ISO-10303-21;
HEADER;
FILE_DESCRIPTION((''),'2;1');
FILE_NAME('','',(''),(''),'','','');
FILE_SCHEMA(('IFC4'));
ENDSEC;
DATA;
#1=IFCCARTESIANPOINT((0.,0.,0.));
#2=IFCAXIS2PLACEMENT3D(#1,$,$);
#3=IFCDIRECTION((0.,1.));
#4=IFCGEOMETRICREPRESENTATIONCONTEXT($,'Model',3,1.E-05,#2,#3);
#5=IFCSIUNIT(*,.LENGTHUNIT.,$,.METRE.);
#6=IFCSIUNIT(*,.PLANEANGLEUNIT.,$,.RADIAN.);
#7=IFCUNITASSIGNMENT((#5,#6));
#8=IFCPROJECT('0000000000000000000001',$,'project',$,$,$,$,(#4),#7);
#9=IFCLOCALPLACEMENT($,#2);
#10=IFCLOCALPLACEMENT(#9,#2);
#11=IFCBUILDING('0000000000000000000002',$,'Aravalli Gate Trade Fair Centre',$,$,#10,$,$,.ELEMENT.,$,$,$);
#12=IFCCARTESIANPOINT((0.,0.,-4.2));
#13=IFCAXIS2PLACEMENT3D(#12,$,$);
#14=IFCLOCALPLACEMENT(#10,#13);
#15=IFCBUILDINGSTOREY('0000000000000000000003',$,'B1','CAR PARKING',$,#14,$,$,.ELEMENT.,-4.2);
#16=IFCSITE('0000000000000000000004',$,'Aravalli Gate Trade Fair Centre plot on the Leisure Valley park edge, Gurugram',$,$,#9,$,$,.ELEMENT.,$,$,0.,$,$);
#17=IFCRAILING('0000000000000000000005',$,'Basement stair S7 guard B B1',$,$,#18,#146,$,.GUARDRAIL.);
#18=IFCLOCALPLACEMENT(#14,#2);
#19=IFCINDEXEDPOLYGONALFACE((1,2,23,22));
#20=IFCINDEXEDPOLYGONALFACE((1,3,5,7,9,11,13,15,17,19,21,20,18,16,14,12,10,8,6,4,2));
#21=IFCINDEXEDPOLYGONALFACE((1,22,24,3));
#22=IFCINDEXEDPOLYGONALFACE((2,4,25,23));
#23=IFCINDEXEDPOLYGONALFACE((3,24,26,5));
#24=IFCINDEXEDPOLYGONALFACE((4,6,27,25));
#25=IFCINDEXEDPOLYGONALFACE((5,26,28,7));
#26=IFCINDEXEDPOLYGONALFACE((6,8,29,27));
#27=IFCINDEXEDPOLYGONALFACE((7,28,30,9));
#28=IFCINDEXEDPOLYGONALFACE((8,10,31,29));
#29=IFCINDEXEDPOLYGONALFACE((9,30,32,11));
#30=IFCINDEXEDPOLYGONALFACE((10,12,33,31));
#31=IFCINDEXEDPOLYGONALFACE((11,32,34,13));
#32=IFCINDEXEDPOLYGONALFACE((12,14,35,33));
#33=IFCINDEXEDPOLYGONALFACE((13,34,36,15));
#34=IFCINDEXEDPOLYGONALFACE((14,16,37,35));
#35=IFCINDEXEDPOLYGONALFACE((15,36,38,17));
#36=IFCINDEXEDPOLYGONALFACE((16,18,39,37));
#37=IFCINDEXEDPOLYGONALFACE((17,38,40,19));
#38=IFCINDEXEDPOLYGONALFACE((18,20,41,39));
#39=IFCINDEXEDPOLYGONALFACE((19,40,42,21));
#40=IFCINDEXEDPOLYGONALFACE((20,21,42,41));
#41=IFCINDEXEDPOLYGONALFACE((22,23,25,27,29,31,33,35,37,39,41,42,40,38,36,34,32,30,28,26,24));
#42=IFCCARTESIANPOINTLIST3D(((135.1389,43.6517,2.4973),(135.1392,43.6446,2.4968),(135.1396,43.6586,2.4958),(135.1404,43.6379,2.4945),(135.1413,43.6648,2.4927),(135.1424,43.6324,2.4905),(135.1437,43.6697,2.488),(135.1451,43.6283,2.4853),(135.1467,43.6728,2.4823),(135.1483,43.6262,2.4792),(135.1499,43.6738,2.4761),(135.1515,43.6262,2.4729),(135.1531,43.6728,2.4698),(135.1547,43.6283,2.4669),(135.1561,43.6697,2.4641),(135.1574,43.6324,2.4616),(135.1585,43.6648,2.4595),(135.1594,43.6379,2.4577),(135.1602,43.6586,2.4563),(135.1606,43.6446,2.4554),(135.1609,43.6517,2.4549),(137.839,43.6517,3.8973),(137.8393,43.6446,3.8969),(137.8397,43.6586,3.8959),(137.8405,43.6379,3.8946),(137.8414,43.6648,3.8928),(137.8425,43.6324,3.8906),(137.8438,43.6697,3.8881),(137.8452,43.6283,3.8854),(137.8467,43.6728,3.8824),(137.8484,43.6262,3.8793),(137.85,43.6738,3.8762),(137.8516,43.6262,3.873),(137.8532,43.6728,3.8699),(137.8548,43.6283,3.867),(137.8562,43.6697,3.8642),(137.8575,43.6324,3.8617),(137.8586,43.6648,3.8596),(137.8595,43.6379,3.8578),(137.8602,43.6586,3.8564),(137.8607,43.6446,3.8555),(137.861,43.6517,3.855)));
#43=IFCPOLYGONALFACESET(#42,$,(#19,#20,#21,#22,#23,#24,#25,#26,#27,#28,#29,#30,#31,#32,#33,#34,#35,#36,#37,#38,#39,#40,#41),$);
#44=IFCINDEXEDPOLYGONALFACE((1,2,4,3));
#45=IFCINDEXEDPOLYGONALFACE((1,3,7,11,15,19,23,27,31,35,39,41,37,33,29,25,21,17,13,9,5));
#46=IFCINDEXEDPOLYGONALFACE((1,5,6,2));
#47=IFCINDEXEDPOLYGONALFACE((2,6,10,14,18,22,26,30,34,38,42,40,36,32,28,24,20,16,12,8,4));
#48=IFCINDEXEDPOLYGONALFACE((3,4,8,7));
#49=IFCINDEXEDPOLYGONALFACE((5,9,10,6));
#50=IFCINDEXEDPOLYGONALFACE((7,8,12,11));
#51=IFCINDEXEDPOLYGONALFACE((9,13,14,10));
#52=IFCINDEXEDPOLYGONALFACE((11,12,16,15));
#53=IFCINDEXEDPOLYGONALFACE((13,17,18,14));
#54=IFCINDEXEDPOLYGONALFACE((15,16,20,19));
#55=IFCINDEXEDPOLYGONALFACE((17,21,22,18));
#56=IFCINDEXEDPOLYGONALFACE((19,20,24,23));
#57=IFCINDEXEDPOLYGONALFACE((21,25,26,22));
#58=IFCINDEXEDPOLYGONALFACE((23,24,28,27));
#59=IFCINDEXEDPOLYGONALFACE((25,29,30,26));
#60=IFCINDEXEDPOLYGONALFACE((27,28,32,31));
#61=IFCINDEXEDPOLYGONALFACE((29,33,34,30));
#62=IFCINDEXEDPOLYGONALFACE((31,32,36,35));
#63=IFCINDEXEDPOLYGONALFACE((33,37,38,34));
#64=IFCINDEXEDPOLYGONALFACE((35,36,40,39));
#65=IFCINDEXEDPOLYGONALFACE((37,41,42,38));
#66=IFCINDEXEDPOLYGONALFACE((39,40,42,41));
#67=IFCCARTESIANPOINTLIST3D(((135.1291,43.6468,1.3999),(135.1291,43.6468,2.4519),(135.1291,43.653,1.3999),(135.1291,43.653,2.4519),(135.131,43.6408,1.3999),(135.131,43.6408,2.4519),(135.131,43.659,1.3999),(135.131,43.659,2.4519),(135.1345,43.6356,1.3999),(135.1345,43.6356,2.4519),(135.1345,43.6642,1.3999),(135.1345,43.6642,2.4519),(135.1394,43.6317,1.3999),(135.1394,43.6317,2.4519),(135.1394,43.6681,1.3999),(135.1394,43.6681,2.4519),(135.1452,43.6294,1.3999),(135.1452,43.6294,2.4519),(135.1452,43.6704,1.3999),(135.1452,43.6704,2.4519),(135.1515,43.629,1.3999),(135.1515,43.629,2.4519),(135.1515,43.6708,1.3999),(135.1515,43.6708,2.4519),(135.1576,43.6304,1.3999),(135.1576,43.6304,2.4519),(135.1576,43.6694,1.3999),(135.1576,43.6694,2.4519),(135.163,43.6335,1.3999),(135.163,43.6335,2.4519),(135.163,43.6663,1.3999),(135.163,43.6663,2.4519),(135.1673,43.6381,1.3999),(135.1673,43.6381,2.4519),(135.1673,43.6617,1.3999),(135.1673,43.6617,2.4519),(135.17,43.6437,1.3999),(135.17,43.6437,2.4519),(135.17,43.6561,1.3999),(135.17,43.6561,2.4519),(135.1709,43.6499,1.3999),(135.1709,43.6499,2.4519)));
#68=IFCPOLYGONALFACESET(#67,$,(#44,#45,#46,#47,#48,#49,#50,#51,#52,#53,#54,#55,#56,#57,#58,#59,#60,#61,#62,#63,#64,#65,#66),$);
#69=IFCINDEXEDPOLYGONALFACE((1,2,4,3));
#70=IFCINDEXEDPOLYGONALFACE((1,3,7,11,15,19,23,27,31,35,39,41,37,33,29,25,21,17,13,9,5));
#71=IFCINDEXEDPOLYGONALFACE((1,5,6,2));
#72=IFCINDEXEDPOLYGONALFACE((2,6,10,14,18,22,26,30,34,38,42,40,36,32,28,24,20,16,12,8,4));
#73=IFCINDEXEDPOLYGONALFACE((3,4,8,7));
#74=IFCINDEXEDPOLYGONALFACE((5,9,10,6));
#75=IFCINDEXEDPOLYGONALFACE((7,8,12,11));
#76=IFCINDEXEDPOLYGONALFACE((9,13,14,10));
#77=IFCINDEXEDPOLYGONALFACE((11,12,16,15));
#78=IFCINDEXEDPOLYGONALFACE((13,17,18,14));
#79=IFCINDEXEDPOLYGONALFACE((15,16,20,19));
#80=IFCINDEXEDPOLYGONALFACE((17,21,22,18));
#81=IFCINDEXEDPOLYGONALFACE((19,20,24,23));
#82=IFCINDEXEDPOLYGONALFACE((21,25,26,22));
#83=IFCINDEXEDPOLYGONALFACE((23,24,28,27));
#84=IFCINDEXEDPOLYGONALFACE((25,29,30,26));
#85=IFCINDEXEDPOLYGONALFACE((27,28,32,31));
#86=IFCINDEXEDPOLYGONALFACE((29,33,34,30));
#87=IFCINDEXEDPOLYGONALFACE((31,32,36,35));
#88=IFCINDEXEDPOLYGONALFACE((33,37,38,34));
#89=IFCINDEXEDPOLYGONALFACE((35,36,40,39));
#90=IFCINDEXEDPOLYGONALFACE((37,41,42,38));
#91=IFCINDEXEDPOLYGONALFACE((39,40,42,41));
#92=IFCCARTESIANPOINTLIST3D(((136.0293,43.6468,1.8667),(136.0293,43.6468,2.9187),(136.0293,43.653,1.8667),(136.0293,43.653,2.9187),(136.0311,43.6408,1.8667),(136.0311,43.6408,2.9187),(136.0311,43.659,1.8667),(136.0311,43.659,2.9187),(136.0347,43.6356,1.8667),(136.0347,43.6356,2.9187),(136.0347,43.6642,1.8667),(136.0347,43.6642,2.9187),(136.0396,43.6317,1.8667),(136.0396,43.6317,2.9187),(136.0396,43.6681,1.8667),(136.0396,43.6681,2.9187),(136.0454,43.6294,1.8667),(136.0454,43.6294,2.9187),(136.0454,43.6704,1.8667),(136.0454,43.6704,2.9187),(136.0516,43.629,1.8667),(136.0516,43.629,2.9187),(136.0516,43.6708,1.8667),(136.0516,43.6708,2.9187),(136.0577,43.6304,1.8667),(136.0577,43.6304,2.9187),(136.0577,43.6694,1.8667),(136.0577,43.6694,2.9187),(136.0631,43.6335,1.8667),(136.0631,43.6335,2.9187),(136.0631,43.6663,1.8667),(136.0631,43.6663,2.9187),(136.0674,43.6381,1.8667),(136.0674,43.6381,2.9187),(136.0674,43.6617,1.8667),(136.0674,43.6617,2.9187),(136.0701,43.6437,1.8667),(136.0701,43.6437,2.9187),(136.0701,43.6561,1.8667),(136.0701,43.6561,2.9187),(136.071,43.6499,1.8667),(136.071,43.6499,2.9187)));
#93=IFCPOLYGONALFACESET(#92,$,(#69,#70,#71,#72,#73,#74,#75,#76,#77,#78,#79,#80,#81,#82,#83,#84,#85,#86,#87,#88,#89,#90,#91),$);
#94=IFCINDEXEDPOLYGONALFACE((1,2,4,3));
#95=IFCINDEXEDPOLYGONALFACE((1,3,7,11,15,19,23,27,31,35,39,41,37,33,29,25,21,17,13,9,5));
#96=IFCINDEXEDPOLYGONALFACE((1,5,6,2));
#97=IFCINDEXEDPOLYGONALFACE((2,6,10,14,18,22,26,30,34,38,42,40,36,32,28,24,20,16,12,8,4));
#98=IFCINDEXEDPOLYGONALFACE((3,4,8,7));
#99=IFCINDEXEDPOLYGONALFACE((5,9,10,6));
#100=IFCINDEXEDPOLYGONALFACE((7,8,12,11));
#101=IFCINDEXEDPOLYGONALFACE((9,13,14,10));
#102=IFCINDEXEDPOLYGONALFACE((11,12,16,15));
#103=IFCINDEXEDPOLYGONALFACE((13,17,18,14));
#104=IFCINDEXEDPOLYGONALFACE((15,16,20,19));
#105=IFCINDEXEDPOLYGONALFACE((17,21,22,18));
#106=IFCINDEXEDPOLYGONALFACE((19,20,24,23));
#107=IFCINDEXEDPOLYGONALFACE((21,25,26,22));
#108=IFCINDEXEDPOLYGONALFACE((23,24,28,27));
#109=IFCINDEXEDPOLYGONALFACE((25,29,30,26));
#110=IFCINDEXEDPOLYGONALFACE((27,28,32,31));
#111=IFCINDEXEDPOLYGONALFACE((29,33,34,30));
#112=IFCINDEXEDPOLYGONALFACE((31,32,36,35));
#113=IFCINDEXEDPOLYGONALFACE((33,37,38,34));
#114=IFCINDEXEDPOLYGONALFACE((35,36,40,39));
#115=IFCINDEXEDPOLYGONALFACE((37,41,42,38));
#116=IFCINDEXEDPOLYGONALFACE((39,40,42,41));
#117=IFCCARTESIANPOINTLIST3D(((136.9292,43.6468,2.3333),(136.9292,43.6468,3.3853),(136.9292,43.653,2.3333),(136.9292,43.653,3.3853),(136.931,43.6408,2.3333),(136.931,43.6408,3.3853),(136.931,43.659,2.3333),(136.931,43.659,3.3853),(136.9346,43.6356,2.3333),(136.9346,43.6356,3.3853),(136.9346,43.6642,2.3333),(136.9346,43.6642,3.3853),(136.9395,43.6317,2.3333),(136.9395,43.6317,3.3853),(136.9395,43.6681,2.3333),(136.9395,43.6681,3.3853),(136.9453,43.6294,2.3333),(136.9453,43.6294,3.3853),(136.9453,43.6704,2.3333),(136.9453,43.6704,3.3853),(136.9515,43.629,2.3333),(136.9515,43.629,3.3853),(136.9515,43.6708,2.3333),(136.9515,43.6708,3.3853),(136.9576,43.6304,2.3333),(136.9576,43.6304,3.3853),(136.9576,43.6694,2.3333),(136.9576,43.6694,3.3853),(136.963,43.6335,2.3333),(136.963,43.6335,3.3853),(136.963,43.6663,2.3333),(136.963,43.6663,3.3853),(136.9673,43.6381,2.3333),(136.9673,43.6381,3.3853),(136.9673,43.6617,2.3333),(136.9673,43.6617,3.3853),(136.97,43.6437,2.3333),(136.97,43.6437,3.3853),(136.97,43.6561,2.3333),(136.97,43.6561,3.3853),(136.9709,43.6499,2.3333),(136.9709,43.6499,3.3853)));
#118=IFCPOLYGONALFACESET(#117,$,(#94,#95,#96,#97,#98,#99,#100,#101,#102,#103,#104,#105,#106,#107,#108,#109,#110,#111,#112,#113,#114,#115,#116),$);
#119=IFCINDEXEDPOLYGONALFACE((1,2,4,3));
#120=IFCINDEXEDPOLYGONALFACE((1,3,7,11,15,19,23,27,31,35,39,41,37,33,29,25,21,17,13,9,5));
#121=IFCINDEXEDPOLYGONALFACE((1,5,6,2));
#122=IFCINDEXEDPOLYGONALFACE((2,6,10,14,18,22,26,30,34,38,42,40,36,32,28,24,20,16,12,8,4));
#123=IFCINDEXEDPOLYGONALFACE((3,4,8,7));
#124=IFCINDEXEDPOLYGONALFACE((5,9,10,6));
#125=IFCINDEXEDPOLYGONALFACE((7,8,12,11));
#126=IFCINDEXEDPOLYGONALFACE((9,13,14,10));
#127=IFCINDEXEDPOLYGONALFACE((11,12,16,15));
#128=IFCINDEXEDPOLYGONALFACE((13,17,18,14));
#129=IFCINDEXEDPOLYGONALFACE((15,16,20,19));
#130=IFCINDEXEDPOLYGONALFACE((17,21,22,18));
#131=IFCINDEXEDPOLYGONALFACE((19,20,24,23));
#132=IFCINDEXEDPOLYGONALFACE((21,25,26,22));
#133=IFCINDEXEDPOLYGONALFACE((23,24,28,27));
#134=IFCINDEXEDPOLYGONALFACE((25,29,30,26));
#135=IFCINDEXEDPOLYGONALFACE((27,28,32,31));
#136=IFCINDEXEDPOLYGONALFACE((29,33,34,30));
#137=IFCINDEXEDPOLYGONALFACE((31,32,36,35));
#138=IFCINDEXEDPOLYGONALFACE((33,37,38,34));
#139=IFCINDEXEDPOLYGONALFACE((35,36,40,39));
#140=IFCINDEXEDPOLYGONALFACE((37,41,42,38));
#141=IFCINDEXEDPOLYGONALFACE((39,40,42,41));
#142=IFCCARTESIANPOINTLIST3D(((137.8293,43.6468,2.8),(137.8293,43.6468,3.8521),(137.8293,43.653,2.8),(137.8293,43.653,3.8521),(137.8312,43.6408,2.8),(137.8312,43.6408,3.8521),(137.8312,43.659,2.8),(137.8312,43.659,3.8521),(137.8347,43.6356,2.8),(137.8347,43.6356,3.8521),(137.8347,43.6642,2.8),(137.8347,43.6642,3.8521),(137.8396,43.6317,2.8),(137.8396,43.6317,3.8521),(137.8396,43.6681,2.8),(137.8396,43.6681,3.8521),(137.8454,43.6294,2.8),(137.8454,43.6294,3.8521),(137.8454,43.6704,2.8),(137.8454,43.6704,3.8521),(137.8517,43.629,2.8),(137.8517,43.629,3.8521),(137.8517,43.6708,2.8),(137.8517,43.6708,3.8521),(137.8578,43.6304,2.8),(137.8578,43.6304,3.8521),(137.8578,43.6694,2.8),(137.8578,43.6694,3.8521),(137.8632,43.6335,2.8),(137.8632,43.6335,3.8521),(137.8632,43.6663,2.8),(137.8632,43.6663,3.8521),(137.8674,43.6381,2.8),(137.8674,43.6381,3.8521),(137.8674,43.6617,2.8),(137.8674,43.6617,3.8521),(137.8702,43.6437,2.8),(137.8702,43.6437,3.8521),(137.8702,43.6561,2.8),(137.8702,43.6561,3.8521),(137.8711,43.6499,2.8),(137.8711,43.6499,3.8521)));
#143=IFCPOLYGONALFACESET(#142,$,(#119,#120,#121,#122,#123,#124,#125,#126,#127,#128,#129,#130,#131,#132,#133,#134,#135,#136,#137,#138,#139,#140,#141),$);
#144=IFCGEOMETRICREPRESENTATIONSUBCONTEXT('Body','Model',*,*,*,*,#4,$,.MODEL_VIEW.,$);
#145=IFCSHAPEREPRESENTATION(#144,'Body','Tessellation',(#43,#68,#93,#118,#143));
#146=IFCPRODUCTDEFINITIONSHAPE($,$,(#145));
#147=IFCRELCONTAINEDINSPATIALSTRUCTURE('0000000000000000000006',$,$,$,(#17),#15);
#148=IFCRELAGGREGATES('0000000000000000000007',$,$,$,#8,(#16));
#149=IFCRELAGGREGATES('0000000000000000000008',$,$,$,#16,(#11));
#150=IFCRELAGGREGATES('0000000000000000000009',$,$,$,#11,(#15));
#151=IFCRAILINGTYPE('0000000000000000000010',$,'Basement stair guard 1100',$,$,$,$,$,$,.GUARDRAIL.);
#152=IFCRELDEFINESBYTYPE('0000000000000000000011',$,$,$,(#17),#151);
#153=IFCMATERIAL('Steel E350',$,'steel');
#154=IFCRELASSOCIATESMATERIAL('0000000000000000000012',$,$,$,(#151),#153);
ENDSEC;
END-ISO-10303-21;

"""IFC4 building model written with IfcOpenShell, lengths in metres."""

from ifc_helpers import new_model, si_unit, direction, frame, origin, origin_2d, place, context, subcontext, project, spatial, circle, extrude, material, type_object, element, save


model = new_model("IFC4")

# Units and contexts
model_context = context("Model", 3, precision=1e-05, world=origin(), true_north=direction((0.0, 1.0)))
body_context = subcontext(model_context, "Body", "Model", "MODEL_VIEW")
ifc_project = project(units=[si_unit("LENGTHUNIT", "METRE"), si_unit("PLANEANGLEUNIT", "RADIAN")], contexts=[model_context])

# Site, building, storey
site_placement = place(None, origin())
site = spatial("IfcSite", under=ifc_project, at=site_placement, Name="Aravalli Gate Trade Fair Centre plot on the Leisure Valley park edge, Gurugram", CompositionType="ELEMENT", RefElevation=0.0)
building_placement = place(site_placement, origin())
building = spatial("IfcBuilding", under=site, at=building_placement, Name="Aravalli Gate Trade Fair Centre", CompositionType="ELEMENT")
storey_placement = place(building_placement, frame((0.0, 0.0, -4.2)))
storey = spatial("IfcBuildingStorey", under=building, at=storey_placement, Name="B1", Description="CAR PARKING", CompositionType="ELEMENT", Elevation=-4.2)

# Railing
ifc_material_1 = material(Name="Steel E350", Category="steel")
railing_type_1 = type_object("IfcRailingType", Name="Basement stair guard 1100", PredefinedType="GUARDRAIL", material=ifc_material_1)
for number, where, name in (
    (1, (135.1499, 43.6499, 1.3999), "Basement stair S7 guard B B1"),
):
    element("IfcRailing", number, at=place(storey_placement, frame(where)), inside=storey, type_object=railing_type_1, Name=name, PredefinedType="GUARDRAIL", context=body_context, shape_type="SweptSolid", body=[
        extrude(circle(Radius=0.0239, at=origin_2d()), frame((0.0, 0.0, 1.0762), z_axis=(0.887748, 0.0, 0.460329), x_axis=(0.0, 1.0, 0.0)), (0.0, 0.0, 1.0), 3.0415),
        extrude(circle(Radius=0.021, at=origin_2d()), origin(), (0.0, 0.0, 1.0), 1.052),
        extrude(circle(Radius=0.021, at=origin_2d()), frame((0.9001, 0.0, 0.4668)), (0.0, 0.0, 1.0), 1.052),
        extrude(circle(Radius=0.021, at=origin_2d()), frame((1.8, 0.0, 0.9333)), (0.0, 0.0, 1.0), 1.052),
        extrude(circle(Radius=0.021, at=origin_2d()), frame((2.7002, 0.0, 1.4001)), (0.0, 0.0, 1.0), 1.052),
    ])

save(model, "model.ifc")
